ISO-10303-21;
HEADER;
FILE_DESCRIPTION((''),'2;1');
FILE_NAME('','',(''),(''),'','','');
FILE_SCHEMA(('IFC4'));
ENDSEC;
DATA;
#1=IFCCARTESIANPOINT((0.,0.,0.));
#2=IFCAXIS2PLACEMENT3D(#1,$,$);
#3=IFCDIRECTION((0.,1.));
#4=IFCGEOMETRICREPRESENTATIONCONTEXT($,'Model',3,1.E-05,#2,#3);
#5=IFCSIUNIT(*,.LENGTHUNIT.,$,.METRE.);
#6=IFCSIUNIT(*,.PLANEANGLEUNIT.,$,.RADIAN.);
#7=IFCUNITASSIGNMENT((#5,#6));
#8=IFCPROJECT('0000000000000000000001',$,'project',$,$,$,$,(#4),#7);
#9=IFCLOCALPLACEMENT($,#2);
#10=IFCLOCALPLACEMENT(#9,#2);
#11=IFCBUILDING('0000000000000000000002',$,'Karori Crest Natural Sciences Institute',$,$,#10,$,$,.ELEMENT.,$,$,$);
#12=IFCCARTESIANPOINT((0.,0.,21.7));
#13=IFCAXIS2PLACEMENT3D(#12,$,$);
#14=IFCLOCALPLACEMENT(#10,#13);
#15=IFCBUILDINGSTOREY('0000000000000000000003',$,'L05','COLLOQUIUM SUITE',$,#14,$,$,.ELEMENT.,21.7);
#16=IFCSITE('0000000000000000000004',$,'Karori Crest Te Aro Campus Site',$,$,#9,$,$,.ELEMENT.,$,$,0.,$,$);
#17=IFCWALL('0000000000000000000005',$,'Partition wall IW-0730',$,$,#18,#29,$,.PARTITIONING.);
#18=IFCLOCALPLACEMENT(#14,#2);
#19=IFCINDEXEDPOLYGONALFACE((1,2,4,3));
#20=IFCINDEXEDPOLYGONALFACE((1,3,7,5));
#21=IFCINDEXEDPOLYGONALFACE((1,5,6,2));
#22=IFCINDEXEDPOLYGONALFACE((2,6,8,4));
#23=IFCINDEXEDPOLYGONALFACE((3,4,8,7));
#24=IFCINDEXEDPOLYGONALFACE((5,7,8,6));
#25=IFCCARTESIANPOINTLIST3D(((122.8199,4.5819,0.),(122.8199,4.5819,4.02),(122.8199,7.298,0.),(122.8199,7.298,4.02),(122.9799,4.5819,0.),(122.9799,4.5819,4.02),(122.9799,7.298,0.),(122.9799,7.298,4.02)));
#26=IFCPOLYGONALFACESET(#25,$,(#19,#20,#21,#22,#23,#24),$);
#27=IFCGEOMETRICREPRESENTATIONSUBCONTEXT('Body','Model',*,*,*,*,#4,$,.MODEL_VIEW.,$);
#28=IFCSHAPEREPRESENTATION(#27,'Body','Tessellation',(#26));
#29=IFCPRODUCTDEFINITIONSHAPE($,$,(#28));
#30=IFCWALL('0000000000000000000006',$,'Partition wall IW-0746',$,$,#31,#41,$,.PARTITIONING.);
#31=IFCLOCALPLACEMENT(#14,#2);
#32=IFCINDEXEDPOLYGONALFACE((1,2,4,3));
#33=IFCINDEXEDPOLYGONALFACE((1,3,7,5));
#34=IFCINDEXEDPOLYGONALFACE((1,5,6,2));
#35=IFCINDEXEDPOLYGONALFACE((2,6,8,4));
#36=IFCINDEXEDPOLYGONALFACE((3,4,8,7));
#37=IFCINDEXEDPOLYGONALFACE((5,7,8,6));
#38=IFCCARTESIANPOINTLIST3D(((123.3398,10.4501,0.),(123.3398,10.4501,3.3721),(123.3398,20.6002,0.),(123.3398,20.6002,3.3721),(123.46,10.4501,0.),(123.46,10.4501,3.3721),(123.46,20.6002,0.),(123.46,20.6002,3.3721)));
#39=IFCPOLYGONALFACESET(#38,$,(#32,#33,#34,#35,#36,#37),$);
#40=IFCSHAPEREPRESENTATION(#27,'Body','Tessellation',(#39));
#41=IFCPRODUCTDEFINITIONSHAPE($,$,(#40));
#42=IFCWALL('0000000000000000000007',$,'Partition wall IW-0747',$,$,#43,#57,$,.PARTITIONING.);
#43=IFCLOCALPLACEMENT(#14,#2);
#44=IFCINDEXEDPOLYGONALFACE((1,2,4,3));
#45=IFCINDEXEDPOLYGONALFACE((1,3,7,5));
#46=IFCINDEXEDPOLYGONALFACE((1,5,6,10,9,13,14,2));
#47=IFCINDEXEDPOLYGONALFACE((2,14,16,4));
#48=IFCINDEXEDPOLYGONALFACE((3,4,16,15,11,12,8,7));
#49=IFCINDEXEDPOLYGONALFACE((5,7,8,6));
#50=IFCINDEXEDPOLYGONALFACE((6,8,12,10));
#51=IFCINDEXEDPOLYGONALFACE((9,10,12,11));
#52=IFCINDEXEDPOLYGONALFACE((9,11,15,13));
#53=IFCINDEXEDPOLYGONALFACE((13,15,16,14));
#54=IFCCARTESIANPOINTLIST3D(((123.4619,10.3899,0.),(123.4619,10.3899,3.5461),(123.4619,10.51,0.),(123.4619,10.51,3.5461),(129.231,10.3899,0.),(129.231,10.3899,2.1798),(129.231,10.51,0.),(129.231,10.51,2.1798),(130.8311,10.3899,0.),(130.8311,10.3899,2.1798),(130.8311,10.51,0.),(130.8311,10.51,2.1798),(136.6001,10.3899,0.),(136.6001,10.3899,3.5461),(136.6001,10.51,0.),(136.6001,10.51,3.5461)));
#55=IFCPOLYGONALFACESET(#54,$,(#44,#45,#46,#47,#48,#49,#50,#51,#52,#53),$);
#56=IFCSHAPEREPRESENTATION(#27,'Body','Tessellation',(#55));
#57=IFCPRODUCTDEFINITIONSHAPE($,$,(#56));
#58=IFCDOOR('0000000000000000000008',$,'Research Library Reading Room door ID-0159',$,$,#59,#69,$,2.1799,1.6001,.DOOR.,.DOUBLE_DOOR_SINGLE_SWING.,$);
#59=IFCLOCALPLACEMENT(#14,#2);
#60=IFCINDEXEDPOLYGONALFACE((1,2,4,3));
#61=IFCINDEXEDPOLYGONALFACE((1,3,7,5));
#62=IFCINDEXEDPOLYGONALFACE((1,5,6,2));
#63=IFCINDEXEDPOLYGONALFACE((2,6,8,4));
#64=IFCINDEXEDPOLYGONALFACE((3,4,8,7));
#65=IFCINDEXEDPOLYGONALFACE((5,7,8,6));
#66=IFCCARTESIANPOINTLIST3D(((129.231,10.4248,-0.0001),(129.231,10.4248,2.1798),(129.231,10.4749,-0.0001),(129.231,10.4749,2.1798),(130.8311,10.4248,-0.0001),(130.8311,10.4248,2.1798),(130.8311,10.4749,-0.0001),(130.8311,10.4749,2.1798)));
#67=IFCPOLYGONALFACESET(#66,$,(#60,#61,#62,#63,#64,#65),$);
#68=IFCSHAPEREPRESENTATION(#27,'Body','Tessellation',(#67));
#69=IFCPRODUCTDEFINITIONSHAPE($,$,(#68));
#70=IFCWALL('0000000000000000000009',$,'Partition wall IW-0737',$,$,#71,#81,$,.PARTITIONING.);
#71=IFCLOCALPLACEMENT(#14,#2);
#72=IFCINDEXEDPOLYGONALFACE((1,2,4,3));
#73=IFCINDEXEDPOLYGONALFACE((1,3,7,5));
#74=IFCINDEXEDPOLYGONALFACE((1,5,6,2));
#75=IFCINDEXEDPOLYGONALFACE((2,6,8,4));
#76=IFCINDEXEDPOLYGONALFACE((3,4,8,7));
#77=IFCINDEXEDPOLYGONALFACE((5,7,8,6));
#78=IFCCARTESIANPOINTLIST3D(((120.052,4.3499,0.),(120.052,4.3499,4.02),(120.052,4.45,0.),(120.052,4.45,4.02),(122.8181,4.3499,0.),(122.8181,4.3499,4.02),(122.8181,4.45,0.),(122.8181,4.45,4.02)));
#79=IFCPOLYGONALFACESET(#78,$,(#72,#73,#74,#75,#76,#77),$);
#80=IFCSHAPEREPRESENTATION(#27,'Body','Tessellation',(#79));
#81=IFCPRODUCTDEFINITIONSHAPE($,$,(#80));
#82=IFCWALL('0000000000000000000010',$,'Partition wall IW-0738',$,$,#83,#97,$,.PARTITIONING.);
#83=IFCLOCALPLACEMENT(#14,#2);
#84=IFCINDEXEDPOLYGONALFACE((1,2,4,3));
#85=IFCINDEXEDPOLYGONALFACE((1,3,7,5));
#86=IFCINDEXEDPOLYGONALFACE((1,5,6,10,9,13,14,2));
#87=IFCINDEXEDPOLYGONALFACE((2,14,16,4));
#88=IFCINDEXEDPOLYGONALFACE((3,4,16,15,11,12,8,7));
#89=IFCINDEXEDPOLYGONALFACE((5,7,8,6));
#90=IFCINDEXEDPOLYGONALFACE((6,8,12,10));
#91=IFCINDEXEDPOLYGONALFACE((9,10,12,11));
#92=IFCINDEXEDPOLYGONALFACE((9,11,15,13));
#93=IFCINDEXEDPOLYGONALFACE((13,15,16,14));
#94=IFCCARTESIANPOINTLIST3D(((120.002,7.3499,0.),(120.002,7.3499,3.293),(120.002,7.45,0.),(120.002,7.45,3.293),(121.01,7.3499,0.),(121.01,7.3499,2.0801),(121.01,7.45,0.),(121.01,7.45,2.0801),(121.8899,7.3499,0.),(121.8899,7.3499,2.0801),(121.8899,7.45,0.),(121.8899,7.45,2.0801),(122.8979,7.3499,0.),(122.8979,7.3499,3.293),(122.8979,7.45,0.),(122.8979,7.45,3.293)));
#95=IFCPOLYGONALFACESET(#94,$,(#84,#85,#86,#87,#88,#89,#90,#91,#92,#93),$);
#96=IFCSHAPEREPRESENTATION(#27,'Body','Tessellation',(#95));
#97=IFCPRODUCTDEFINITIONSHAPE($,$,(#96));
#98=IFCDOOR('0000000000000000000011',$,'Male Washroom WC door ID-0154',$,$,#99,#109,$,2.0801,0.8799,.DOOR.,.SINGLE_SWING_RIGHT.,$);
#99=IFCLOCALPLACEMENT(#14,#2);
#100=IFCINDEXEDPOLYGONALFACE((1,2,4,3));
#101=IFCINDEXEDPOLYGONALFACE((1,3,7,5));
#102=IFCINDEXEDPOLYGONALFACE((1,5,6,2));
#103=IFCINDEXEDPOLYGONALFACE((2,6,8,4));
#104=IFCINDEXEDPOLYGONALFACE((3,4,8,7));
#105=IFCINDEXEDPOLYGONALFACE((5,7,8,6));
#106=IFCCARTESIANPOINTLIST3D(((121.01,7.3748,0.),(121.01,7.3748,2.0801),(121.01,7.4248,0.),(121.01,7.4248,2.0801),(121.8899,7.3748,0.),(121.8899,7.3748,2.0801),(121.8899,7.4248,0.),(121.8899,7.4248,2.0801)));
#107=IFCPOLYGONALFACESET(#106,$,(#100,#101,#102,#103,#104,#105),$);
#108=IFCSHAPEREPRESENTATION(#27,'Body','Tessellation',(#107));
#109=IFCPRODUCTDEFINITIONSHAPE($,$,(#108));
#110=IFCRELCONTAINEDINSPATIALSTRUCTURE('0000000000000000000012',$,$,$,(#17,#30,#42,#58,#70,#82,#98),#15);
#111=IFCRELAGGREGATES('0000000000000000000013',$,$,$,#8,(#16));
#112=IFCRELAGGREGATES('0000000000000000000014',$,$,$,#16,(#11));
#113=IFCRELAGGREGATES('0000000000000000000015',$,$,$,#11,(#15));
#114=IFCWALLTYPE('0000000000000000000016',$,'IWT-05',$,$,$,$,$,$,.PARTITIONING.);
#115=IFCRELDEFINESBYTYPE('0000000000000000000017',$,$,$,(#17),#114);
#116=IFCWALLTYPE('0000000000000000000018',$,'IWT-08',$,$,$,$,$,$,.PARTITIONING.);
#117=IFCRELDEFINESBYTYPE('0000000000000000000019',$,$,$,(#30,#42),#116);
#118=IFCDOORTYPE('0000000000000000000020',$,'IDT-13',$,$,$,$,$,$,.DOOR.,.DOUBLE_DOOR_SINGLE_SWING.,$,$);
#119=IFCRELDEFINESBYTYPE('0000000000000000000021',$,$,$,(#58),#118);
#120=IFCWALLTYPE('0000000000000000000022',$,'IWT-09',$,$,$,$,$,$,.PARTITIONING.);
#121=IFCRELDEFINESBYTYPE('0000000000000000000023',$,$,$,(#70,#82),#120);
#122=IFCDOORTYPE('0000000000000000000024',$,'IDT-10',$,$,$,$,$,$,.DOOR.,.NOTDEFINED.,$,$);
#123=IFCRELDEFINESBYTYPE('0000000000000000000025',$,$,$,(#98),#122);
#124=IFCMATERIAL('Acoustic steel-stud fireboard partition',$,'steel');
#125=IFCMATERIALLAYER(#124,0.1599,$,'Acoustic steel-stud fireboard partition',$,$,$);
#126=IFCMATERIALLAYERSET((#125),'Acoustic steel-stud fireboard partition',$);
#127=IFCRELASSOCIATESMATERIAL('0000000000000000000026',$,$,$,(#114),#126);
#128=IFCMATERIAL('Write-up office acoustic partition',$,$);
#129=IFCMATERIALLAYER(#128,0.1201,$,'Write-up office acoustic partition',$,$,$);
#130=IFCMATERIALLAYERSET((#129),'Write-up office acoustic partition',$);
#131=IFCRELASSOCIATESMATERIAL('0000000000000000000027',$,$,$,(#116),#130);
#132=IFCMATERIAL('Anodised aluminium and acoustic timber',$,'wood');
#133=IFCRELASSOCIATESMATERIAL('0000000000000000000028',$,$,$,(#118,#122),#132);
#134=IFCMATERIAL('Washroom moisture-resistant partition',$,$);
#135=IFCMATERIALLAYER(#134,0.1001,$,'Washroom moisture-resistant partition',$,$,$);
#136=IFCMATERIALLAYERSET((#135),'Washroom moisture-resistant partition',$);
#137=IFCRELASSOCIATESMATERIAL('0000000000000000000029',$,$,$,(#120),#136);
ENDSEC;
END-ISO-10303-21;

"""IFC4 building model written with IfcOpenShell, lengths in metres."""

from ifc_helpers import new_model, si_unit, direction, frame, frame_2d, origin, place, context, subcontext, project, spatial, rectangle, extrude, material, layer, layer_set, type_object, element, fill, save


model = new_model("IFC4")

# Units and contexts
model_context = context("Model", 3, precision=1e-05, world=origin(), true_north=direction((0.0, 1.0)))
body_context = subcontext(model_context, "Body", "Model", "MODEL_VIEW")
ifc_project = project(units=[si_unit("LENGTHUNIT", "METRE"), si_unit("PLANEANGLEUNIT", "RADIAN")], contexts=[model_context])

# Site, building, storey
site_placement = place(None, origin())
site = spatial("IfcSite", under=ifc_project, at=site_placement, Name="Karori Crest Te Aro Campus Site", CompositionType="ELEMENT", RefElevation=0.0)
building_placement = place(site_placement, origin())
building = spatial("IfcBuilding", under=site, at=building_placement, Name="Karori Crest Natural Sciences Institute", CompositionType="ELEMENT")
storey_placement = place(building_placement, frame((0.0, 0.0, 21.7)))
storey = spatial("IfcBuildingStorey", under=building, at=storey_placement, Name="L05", Description="COLLOQUIUM SUITE", CompositionType="ELEMENT", Elevation=21.7)

# Shared definitions
ifc_material_1 = material(Name="Acoustic steel-stud fireboard partition", Category="steel")
ifc_layer_1 = layer(ifc_material_1, 0.1599, Name="Acoustic steel-stud fireboard partition")
ifc_layer_set_1 = layer_set([ifc_layer_1], Name="Acoustic steel-stud fireboard partition")
wall_type_1 = type_object("IfcWallType", Name="IWT-05", PredefinedType="PARTITIONING", material=ifc_layer_set_1)

# Walls
wall_1_placement = place(storey_placement, frame((122.8999, 4.582, 0.0), z_axis=(0.0, 0.0, 1.0), x_axis=(0.0, 1.0, 0.0)))
element("IfcWall", 1, at=wall_1_placement, inside=storey, type_object=wall_type_1, Name="Partition wall IW-0730", PredefinedType="PARTITIONING", context=body_context, shape_type="SweptSolid", body=[
    extrude(rectangle(XDim=2.7161, YDim=0.1599, at=frame_2d((1.3579, 0.0))), origin(), (0.0, 0.0, 1.0), 4.02),
])
ifc_material_2 = material(Name="Write-up office acoustic partition")
ifc_layer_2 = layer(ifc_material_2, 0.1201, Name="Write-up office acoustic partition")
ifc_layer_set_2 = layer_set([ifc_layer_2], Name="Write-up office acoustic partition")
wall_type_2 = type_object("IfcWallType", Name="IWT-08", PredefinedType="PARTITIONING", material=ifc_layer_set_2)
wall_2_placement = place(storey_placement, frame((123.3999, 10.45, 0.0), z_axis=(0.0, 0.0, 1.0), x_axis=(0.0, 1.0, 0.0)))
element("IfcWall", 2, at=wall_2_placement, inside=storey, type_object=wall_type_2, Name="Partition wall IW-0746", PredefinedType="PARTITIONING", context=body_context, shape_type="SweptSolid", body=[
    extrude(rectangle(XDim=10.1501, YDim=0.1201, at=frame_2d((5.0752, 0.0))), origin(), (0.0, 0.0, 1.0), 3.3721),
])

# Wall, opening, door
wall_3_placement = place(storey_placement, frame((123.4619, 10.45, 0.0), z_axis=(0.0, 0.0, 1.0), x_axis=(1.0, 0.0, 0.0)))
wall_3 = element("IfcWall", 3, at=wall_3_placement, inside=storey, type_object=wall_type_2, Name="Partition wall IW-0747", PredefinedType="PARTITIONING", context=body_context, shape_type="SweptSolid", body=[
    extrude(rectangle(XDim=13.1382, YDim=0.1201, at=frame_2d((6.5691, 0.0))), origin(), (0.0, 0.0, 1.0), 3.5461),
])
opening_1_placement = place(wall_3_placement, frame((5.769, 0.0, 0.0)))
opening_1 = element("IfcOpeningElement", 4, at=opening_1_placement, cuts=wall_3, PredefinedType="OPENING", context=body_context, shape_type="SweptSolid", body=[
    extrude(rectangle(XDim=1.6001, YDim=2.1799, at=frame_2d((0.8, 1.0898))), frame((0.0, 0.0701, 0.0), z_axis=(0.0, -1.0, 0.0), x_axis=(1.0, 0.0, 0.0)), (0.0, 0.0, 1.0), 0.1401),
])
ifc_material_3 = material(Name="Anodised aluminium and acoustic timber", Category="wood")
door_type_1 = type_object("IfcDoorType", Name="IDT-13", OperationType="DOUBLE_DOOR_SINGLE_SWING", PredefinedType="DOOR", material=ifc_material_3)
door_1_placement = place(opening_1_placement, origin())
door_1 = element("IfcDoor", 5, at=door_1_placement, inside=storey, type_object=door_type_1, Name="Research Library Reading Room door ID-0159", OperationType="DOUBLE_DOOR_SINGLE_SWING", OverallHeight=2.1799, OverallWidth=1.6001, PredefinedType="DOOR", context=body_context, shape_type="SweptSolid", body=[
    extrude(rectangle(XDim=1.6001, YDim=2.1799, at=frame_2d((0.8, 1.0898))), frame((0.0, 0.0249, 0.0), z_axis=(0.0, -1.0, 0.0), x_axis=(1.0, 0.0, 0.0)), (0.0, 0.0, 1.0), 0.05),
])
fill(opening_1, door_1)

# Wall
ifc_material_4 = material(Name="Washroom moisture-resistant partition")
ifc_layer_3 = layer(ifc_material_4, 0.1001, Name="Washroom moisture-resistant partition")
ifc_layer_set_3 = layer_set([ifc_layer_3], Name="Washroom moisture-resistant partition")
wall_type_3 = type_object("IfcWallType", Name="IWT-09", PredefinedType="PARTITIONING", material=ifc_layer_set_3)
wall_4_placement = place(storey_placement, frame((120.052, 4.3999, 0.0), z_axis=(0.0, 0.0, 1.0), x_axis=(1.0, 0.0, 0.0)))
element("IfcWall", 6, at=wall_4_placement, inside=storey, type_object=wall_type_3, Name="Partition wall IW-0737", PredefinedType="PARTITIONING", context=body_context, shape_type="SweptSolid", body=[
    extrude(rectangle(XDim=2.7661, YDim=0.1001, at=frame_2d((1.3831, 0.0))), origin(), (0.0, 0.0, 1.0), 4.02),
])

# Wall, opening, door
wall_5_placement = place(storey_placement, frame((120.002, 7.3999, 0.0), z_axis=(0.0, 0.0, 1.0), x_axis=(1.0, 0.0, 0.0)))
wall_5 = element("IfcWall", 7, at=wall_5_placement, inside=storey, type_object=wall_type_3, Name="Partition wall IW-0738", PredefinedType="PARTITIONING", context=body_context, shape_type="SweptSolid", body=[
    extrude(rectangle(XDim=2.896, YDim=0.1001, at=frame_2d((1.448, 0.0))), origin(), (0.0, 0.0, 1.0), 3.293),
])
opening_2_placement = place(wall_5_placement, frame((1.0081, 0.0, 0.0)))
opening_2 = element("IfcOpeningElement", 8, at=opening_2_placement, cuts=wall_5, PredefinedType="OPENING", context=body_context, shape_type="SweptSolid", body=[
    extrude(rectangle(XDim=0.8799, YDim=2.0801, at=frame_2d((0.4399, 1.04))), frame((0.0, 0.0601, 0.0), z_axis=(0.0, -1.0, 0.0), x_axis=(1.0, 0.0, 0.0)), (0.0, 0.0, 1.0), 0.1201),
])
door_type_2 = type_object("IfcDoorType", Name="IDT-10", OperationType="NOTDEFINED", PredefinedType="DOOR", material=ifc_material_3)
door_2_placement = place(opening_2_placement, origin())
door_2 = element("IfcDoor", 9, at=door_2_placement, inside=storey, type_object=door_type_2, Name="Male Washroom WC door ID-0154", OperationType="SINGLE_SWING_RIGHT", OverallHeight=2.0801, OverallWidth=0.8799, PredefinedType="DOOR", context=body_context, shape_type="SweptSolid", body=[
    extrude(rectangle(XDim=0.8799, YDim=2.0801, at=frame_2d((0.4399, 1.04))), frame((0.0, 0.0249, 0.0), z_axis=(0.0, -1.0, 0.0), x_axis=(1.0, 0.0, 0.0)), (0.0, 0.0, 1.0), 0.05),
])
fill(opening_2, door_2)

save(model, "model.ifc")
